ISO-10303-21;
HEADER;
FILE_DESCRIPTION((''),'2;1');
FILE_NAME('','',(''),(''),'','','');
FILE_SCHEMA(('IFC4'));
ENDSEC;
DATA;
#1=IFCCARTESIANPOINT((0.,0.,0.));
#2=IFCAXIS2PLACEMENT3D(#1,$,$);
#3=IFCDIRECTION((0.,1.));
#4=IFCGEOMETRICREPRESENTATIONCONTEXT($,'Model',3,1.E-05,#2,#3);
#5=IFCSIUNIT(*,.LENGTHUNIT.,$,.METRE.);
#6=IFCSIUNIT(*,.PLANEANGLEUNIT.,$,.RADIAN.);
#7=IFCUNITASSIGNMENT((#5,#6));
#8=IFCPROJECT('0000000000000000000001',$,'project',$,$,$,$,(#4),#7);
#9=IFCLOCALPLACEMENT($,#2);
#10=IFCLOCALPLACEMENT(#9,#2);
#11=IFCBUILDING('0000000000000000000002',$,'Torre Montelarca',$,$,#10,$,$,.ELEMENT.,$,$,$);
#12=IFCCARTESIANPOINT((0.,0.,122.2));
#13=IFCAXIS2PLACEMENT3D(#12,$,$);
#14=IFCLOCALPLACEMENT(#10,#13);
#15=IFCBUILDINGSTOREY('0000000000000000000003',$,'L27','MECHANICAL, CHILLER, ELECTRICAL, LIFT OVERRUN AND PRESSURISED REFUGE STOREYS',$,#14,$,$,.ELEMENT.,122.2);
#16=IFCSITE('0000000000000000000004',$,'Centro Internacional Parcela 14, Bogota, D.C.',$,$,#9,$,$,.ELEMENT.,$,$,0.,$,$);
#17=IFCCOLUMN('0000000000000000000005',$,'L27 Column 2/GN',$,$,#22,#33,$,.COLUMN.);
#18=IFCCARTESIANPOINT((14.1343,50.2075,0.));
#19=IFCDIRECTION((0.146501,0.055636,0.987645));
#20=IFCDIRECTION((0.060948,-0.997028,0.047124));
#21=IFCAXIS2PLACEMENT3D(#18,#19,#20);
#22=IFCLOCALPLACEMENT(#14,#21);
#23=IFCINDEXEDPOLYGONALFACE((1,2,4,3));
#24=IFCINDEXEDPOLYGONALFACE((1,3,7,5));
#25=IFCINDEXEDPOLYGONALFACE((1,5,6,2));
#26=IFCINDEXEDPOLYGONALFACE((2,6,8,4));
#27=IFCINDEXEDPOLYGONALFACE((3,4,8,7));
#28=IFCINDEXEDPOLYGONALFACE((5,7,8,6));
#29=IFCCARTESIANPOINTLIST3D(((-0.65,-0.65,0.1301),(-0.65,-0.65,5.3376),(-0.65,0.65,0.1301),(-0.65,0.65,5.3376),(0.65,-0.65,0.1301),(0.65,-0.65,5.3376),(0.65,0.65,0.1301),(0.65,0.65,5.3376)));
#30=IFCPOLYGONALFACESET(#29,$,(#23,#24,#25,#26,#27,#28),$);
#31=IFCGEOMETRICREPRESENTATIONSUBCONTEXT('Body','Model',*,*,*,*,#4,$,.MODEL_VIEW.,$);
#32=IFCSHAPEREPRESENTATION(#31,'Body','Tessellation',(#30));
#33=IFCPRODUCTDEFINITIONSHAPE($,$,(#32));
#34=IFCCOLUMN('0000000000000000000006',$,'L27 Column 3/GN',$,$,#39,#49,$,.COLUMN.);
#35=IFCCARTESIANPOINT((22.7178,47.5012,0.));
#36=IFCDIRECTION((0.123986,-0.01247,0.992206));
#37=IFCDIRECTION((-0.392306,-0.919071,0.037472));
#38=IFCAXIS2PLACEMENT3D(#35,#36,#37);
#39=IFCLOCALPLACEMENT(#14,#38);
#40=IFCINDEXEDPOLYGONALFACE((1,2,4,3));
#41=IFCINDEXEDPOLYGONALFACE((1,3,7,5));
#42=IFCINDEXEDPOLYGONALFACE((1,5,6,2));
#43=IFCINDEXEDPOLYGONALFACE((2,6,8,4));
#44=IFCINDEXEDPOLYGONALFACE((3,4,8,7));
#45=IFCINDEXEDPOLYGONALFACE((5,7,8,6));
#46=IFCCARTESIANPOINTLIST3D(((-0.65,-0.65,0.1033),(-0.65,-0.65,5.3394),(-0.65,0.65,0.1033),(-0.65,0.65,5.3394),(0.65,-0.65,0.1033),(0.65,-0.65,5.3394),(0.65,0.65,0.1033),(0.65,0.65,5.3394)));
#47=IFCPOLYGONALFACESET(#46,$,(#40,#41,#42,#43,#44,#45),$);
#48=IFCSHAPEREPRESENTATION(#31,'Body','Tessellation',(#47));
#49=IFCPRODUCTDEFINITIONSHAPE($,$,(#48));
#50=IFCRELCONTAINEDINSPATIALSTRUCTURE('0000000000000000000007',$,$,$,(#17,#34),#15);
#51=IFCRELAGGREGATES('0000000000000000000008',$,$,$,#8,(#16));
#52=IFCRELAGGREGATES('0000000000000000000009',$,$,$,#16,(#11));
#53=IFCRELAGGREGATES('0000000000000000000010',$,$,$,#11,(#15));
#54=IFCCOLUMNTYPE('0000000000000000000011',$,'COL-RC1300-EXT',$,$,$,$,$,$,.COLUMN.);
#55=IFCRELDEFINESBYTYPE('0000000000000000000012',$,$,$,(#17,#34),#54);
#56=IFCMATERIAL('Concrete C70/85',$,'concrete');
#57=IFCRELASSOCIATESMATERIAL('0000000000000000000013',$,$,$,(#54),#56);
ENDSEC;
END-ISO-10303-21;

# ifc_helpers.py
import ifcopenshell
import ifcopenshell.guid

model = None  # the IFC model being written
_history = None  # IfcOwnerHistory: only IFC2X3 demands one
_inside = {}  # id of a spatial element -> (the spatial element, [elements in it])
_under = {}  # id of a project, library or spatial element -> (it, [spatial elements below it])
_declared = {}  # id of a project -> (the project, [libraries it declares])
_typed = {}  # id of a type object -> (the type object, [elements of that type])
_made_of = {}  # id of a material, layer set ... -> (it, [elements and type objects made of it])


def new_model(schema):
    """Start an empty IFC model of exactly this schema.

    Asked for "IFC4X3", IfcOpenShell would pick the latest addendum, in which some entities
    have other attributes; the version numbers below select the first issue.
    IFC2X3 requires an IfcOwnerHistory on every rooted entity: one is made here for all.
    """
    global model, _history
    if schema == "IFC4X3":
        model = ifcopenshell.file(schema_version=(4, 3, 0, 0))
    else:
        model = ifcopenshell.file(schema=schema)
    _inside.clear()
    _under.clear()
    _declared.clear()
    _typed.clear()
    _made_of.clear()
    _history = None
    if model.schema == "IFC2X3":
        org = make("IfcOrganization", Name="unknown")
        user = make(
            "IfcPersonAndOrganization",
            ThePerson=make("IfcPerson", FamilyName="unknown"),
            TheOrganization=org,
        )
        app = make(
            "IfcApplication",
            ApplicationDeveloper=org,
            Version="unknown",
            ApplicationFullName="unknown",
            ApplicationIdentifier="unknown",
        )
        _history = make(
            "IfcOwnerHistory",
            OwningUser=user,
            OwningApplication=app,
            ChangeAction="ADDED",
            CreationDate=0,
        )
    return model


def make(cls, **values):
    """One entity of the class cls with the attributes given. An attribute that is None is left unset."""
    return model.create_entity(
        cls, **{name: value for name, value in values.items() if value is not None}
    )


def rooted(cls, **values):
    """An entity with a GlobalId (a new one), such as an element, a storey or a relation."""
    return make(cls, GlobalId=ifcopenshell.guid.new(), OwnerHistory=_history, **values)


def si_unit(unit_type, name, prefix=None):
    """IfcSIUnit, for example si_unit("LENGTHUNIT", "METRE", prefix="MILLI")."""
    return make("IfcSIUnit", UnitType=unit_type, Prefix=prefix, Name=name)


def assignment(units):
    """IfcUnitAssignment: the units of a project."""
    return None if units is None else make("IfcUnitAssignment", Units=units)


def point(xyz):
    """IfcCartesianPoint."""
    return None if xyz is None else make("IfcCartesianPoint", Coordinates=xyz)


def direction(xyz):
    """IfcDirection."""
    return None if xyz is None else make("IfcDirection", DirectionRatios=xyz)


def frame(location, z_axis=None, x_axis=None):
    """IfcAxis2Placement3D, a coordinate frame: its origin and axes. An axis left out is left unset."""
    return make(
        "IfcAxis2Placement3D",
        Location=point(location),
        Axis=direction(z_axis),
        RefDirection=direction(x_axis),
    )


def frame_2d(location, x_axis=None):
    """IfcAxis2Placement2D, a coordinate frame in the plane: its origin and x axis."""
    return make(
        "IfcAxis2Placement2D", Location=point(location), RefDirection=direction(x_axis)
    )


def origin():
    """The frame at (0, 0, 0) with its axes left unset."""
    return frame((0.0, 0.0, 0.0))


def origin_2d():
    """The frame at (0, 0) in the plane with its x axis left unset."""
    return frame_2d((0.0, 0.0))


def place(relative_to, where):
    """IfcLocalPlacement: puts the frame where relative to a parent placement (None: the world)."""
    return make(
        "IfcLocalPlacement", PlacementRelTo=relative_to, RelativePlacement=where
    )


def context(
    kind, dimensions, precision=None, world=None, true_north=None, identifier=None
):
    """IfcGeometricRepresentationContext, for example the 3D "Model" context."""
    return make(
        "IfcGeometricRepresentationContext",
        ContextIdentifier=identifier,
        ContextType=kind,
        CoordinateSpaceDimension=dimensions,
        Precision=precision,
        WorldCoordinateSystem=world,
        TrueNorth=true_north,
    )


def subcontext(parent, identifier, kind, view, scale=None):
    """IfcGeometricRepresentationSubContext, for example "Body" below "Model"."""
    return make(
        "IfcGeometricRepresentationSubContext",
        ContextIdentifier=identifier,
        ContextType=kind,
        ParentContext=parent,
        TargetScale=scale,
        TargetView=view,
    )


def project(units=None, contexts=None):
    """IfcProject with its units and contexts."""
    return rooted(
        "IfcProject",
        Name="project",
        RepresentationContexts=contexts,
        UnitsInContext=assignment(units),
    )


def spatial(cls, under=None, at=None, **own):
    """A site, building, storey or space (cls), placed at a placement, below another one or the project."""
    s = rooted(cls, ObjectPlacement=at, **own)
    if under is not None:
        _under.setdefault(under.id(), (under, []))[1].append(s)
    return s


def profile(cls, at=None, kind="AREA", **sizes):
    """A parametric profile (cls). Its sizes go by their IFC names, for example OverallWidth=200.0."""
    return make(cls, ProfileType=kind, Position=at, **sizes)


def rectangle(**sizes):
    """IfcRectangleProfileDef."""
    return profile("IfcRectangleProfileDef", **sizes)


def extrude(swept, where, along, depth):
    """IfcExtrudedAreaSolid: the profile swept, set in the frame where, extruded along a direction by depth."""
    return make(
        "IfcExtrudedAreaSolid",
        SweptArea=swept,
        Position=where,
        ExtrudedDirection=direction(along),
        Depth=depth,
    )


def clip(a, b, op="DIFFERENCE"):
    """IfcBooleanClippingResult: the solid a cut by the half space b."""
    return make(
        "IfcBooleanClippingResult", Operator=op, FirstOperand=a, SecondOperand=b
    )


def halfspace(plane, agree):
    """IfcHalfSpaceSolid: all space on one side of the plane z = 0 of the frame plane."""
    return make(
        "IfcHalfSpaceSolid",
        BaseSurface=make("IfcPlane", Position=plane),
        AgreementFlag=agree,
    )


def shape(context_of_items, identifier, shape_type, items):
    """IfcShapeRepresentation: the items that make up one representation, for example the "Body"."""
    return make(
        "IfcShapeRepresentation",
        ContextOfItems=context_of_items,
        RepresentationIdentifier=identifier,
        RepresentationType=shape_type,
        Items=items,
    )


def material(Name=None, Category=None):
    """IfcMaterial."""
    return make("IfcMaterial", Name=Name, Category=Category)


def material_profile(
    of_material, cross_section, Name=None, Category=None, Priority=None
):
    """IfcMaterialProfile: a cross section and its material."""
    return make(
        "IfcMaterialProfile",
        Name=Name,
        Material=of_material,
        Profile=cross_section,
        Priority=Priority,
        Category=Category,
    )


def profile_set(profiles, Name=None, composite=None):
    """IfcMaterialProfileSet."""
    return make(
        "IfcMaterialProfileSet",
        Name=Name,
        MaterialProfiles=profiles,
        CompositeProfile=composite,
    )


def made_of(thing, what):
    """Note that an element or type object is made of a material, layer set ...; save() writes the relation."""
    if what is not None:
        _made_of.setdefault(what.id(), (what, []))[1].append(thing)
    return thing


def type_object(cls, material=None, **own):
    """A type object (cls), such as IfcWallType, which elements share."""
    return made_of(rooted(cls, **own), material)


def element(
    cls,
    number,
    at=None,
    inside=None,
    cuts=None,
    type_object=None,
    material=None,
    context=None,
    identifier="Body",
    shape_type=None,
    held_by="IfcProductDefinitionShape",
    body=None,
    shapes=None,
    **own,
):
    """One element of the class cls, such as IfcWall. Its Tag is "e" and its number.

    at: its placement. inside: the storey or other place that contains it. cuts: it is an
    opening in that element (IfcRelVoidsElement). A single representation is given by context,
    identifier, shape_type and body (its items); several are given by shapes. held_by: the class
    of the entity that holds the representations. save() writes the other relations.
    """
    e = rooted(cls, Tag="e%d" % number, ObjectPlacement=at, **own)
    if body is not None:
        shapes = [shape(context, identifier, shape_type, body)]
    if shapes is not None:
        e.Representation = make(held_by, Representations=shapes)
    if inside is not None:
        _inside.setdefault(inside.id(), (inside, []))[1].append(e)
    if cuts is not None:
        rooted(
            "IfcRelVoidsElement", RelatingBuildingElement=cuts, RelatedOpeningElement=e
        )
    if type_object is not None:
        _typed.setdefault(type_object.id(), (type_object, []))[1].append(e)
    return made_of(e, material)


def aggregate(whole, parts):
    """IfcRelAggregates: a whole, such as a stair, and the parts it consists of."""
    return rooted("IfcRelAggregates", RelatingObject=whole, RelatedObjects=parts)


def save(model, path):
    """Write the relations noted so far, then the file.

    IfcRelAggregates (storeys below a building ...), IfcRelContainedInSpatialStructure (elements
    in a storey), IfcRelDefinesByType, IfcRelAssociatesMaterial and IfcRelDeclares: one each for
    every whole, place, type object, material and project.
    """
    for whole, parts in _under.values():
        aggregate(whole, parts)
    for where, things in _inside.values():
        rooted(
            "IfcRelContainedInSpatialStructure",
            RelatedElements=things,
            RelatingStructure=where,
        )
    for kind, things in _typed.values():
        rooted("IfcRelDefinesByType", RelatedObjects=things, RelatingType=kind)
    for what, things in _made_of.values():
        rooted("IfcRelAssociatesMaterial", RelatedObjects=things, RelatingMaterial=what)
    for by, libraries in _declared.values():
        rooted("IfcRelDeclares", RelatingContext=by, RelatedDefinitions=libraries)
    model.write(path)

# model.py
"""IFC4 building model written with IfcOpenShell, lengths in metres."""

from ifc_helpers import new_model, si_unit, direction, frame, origin, origin_2d, place, context, subcontext, project, spatial, rectangle, extrude, clip, halfspace, material, material_profile, profile_set, type_object, element, save


model = new_model("IFC4")

# Units and contexts
model_context = context("Model", 3, precision=1e-05, world=origin(), true_north=direction((0.0, 1.0)))
body_context = subcontext(model_context, "Body", "Model", "MODEL_VIEW")
ifc_project = project(units=[si_unit("LENGTHUNIT", "METRE"), si_unit("PLANEANGLEUNIT", "RADIAN")], contexts=[model_context])

# Site, building, storey
site_placement = place(None, origin())
site = spatial("IfcSite", under=ifc_project, at=site_placement, Name="Centro Internacional Parcela 14, Bogota, D.C.", CompositionType="ELEMENT", RefElevation=0.0)
building_placement = place(site_placement, origin())
building = spatial("IfcBuilding", under=site, at=building_placement, Name="Torre Montelarca", CompositionType="ELEMENT")
storey_placement = place(building_placement, frame((0.0, 0.0, 122.2)))
storey = spatial("IfcBuildingStorey", under=building, at=storey_placement, Name="L27", Description="MECHANICAL, CHILLER, ELECTRICAL, LIFT OVERRUN AND PRESSURISED REFUGE STOREYS", CompositionType="ELEMENT", Elevation=122.2)

# Columns
ifc_material_1 = material(Name="Concrete C70/85", Category="concrete")
ifc_material_profile_1 = material_profile(ifc_material_1, rectangle(XDim=1.3, YDim=1.3, at=origin_2d()), Name="RC1300X1300", Category="concrete")
ifc_profile_set_1 = profile_set([ifc_material_profile_1], Name="Concrete C70/85")
column_type = type_object("IfcColumnType", Name="COL-RC1300-EXT", PredefinedType="COLUMN", material=ifc_profile_set_1)
column_1_placement = place(storey_placement, frame((14.1343, 50.2075, 0.0), z_axis=(0.146501, 0.055636, 0.987645), x_axis=(0.060948, -0.997028, 0.047124)))
element("IfcColumn", 1, at=column_1_placement, inside=storey, type_object=column_type, Name="L27 Column 2/GN", PredefinedType="COLUMN", context=body_context, shape_type="Clipping", body=[
    clip(clip(extrude(rectangle(XDim=1.3, YDim=1.3, at=origin_2d()), origin(), (0.0, 0.0, 1.0), 5.4678), halfspace(frame((0.0, 0.0, 0.1301), z_axis=(0.0, 0.0, -1.0), x_axis=(1.0, 0.0, 0.0)), False)), halfspace(frame((0.0, 0.0, 5.3376), z_axis=(0.0, 0.0, 1.0), x_axis=(1.0, 0.0, 0.0)), False)),
])
column_2_placement = place(storey_placement, frame((22.7178, 47.5012, 0.0), z_axis=(0.123986, -0.01247, 0.992206), x_axis=(-0.392306, -0.919071, 0.037472)))
element("IfcColumn", 2, at=column_2_placement, inside=storey, type_object=column_type, Name="L27 Column 3/GN", PredefinedType="COLUMN", context=body_context, shape_type="Clipping", body=[
    clip(clip(extrude(rectangle(XDim=1.3, YDim=1.3, at=origin_2d()), origin(), (0.0, 0.0, 1.0), 5.4426), halfspace(frame((0.0, 0.0, 0.1033), z_axis=(0.0, 0.0, -1.0), x_axis=(1.0, 0.0, 0.0)), False)), halfspace(frame((0.0, 0.0, 5.3394), z_axis=(0.0, 0.0, 1.0), x_axis=(1.0, 0.0, 0.0)), False)),
])

save(model, "model.ifc")
